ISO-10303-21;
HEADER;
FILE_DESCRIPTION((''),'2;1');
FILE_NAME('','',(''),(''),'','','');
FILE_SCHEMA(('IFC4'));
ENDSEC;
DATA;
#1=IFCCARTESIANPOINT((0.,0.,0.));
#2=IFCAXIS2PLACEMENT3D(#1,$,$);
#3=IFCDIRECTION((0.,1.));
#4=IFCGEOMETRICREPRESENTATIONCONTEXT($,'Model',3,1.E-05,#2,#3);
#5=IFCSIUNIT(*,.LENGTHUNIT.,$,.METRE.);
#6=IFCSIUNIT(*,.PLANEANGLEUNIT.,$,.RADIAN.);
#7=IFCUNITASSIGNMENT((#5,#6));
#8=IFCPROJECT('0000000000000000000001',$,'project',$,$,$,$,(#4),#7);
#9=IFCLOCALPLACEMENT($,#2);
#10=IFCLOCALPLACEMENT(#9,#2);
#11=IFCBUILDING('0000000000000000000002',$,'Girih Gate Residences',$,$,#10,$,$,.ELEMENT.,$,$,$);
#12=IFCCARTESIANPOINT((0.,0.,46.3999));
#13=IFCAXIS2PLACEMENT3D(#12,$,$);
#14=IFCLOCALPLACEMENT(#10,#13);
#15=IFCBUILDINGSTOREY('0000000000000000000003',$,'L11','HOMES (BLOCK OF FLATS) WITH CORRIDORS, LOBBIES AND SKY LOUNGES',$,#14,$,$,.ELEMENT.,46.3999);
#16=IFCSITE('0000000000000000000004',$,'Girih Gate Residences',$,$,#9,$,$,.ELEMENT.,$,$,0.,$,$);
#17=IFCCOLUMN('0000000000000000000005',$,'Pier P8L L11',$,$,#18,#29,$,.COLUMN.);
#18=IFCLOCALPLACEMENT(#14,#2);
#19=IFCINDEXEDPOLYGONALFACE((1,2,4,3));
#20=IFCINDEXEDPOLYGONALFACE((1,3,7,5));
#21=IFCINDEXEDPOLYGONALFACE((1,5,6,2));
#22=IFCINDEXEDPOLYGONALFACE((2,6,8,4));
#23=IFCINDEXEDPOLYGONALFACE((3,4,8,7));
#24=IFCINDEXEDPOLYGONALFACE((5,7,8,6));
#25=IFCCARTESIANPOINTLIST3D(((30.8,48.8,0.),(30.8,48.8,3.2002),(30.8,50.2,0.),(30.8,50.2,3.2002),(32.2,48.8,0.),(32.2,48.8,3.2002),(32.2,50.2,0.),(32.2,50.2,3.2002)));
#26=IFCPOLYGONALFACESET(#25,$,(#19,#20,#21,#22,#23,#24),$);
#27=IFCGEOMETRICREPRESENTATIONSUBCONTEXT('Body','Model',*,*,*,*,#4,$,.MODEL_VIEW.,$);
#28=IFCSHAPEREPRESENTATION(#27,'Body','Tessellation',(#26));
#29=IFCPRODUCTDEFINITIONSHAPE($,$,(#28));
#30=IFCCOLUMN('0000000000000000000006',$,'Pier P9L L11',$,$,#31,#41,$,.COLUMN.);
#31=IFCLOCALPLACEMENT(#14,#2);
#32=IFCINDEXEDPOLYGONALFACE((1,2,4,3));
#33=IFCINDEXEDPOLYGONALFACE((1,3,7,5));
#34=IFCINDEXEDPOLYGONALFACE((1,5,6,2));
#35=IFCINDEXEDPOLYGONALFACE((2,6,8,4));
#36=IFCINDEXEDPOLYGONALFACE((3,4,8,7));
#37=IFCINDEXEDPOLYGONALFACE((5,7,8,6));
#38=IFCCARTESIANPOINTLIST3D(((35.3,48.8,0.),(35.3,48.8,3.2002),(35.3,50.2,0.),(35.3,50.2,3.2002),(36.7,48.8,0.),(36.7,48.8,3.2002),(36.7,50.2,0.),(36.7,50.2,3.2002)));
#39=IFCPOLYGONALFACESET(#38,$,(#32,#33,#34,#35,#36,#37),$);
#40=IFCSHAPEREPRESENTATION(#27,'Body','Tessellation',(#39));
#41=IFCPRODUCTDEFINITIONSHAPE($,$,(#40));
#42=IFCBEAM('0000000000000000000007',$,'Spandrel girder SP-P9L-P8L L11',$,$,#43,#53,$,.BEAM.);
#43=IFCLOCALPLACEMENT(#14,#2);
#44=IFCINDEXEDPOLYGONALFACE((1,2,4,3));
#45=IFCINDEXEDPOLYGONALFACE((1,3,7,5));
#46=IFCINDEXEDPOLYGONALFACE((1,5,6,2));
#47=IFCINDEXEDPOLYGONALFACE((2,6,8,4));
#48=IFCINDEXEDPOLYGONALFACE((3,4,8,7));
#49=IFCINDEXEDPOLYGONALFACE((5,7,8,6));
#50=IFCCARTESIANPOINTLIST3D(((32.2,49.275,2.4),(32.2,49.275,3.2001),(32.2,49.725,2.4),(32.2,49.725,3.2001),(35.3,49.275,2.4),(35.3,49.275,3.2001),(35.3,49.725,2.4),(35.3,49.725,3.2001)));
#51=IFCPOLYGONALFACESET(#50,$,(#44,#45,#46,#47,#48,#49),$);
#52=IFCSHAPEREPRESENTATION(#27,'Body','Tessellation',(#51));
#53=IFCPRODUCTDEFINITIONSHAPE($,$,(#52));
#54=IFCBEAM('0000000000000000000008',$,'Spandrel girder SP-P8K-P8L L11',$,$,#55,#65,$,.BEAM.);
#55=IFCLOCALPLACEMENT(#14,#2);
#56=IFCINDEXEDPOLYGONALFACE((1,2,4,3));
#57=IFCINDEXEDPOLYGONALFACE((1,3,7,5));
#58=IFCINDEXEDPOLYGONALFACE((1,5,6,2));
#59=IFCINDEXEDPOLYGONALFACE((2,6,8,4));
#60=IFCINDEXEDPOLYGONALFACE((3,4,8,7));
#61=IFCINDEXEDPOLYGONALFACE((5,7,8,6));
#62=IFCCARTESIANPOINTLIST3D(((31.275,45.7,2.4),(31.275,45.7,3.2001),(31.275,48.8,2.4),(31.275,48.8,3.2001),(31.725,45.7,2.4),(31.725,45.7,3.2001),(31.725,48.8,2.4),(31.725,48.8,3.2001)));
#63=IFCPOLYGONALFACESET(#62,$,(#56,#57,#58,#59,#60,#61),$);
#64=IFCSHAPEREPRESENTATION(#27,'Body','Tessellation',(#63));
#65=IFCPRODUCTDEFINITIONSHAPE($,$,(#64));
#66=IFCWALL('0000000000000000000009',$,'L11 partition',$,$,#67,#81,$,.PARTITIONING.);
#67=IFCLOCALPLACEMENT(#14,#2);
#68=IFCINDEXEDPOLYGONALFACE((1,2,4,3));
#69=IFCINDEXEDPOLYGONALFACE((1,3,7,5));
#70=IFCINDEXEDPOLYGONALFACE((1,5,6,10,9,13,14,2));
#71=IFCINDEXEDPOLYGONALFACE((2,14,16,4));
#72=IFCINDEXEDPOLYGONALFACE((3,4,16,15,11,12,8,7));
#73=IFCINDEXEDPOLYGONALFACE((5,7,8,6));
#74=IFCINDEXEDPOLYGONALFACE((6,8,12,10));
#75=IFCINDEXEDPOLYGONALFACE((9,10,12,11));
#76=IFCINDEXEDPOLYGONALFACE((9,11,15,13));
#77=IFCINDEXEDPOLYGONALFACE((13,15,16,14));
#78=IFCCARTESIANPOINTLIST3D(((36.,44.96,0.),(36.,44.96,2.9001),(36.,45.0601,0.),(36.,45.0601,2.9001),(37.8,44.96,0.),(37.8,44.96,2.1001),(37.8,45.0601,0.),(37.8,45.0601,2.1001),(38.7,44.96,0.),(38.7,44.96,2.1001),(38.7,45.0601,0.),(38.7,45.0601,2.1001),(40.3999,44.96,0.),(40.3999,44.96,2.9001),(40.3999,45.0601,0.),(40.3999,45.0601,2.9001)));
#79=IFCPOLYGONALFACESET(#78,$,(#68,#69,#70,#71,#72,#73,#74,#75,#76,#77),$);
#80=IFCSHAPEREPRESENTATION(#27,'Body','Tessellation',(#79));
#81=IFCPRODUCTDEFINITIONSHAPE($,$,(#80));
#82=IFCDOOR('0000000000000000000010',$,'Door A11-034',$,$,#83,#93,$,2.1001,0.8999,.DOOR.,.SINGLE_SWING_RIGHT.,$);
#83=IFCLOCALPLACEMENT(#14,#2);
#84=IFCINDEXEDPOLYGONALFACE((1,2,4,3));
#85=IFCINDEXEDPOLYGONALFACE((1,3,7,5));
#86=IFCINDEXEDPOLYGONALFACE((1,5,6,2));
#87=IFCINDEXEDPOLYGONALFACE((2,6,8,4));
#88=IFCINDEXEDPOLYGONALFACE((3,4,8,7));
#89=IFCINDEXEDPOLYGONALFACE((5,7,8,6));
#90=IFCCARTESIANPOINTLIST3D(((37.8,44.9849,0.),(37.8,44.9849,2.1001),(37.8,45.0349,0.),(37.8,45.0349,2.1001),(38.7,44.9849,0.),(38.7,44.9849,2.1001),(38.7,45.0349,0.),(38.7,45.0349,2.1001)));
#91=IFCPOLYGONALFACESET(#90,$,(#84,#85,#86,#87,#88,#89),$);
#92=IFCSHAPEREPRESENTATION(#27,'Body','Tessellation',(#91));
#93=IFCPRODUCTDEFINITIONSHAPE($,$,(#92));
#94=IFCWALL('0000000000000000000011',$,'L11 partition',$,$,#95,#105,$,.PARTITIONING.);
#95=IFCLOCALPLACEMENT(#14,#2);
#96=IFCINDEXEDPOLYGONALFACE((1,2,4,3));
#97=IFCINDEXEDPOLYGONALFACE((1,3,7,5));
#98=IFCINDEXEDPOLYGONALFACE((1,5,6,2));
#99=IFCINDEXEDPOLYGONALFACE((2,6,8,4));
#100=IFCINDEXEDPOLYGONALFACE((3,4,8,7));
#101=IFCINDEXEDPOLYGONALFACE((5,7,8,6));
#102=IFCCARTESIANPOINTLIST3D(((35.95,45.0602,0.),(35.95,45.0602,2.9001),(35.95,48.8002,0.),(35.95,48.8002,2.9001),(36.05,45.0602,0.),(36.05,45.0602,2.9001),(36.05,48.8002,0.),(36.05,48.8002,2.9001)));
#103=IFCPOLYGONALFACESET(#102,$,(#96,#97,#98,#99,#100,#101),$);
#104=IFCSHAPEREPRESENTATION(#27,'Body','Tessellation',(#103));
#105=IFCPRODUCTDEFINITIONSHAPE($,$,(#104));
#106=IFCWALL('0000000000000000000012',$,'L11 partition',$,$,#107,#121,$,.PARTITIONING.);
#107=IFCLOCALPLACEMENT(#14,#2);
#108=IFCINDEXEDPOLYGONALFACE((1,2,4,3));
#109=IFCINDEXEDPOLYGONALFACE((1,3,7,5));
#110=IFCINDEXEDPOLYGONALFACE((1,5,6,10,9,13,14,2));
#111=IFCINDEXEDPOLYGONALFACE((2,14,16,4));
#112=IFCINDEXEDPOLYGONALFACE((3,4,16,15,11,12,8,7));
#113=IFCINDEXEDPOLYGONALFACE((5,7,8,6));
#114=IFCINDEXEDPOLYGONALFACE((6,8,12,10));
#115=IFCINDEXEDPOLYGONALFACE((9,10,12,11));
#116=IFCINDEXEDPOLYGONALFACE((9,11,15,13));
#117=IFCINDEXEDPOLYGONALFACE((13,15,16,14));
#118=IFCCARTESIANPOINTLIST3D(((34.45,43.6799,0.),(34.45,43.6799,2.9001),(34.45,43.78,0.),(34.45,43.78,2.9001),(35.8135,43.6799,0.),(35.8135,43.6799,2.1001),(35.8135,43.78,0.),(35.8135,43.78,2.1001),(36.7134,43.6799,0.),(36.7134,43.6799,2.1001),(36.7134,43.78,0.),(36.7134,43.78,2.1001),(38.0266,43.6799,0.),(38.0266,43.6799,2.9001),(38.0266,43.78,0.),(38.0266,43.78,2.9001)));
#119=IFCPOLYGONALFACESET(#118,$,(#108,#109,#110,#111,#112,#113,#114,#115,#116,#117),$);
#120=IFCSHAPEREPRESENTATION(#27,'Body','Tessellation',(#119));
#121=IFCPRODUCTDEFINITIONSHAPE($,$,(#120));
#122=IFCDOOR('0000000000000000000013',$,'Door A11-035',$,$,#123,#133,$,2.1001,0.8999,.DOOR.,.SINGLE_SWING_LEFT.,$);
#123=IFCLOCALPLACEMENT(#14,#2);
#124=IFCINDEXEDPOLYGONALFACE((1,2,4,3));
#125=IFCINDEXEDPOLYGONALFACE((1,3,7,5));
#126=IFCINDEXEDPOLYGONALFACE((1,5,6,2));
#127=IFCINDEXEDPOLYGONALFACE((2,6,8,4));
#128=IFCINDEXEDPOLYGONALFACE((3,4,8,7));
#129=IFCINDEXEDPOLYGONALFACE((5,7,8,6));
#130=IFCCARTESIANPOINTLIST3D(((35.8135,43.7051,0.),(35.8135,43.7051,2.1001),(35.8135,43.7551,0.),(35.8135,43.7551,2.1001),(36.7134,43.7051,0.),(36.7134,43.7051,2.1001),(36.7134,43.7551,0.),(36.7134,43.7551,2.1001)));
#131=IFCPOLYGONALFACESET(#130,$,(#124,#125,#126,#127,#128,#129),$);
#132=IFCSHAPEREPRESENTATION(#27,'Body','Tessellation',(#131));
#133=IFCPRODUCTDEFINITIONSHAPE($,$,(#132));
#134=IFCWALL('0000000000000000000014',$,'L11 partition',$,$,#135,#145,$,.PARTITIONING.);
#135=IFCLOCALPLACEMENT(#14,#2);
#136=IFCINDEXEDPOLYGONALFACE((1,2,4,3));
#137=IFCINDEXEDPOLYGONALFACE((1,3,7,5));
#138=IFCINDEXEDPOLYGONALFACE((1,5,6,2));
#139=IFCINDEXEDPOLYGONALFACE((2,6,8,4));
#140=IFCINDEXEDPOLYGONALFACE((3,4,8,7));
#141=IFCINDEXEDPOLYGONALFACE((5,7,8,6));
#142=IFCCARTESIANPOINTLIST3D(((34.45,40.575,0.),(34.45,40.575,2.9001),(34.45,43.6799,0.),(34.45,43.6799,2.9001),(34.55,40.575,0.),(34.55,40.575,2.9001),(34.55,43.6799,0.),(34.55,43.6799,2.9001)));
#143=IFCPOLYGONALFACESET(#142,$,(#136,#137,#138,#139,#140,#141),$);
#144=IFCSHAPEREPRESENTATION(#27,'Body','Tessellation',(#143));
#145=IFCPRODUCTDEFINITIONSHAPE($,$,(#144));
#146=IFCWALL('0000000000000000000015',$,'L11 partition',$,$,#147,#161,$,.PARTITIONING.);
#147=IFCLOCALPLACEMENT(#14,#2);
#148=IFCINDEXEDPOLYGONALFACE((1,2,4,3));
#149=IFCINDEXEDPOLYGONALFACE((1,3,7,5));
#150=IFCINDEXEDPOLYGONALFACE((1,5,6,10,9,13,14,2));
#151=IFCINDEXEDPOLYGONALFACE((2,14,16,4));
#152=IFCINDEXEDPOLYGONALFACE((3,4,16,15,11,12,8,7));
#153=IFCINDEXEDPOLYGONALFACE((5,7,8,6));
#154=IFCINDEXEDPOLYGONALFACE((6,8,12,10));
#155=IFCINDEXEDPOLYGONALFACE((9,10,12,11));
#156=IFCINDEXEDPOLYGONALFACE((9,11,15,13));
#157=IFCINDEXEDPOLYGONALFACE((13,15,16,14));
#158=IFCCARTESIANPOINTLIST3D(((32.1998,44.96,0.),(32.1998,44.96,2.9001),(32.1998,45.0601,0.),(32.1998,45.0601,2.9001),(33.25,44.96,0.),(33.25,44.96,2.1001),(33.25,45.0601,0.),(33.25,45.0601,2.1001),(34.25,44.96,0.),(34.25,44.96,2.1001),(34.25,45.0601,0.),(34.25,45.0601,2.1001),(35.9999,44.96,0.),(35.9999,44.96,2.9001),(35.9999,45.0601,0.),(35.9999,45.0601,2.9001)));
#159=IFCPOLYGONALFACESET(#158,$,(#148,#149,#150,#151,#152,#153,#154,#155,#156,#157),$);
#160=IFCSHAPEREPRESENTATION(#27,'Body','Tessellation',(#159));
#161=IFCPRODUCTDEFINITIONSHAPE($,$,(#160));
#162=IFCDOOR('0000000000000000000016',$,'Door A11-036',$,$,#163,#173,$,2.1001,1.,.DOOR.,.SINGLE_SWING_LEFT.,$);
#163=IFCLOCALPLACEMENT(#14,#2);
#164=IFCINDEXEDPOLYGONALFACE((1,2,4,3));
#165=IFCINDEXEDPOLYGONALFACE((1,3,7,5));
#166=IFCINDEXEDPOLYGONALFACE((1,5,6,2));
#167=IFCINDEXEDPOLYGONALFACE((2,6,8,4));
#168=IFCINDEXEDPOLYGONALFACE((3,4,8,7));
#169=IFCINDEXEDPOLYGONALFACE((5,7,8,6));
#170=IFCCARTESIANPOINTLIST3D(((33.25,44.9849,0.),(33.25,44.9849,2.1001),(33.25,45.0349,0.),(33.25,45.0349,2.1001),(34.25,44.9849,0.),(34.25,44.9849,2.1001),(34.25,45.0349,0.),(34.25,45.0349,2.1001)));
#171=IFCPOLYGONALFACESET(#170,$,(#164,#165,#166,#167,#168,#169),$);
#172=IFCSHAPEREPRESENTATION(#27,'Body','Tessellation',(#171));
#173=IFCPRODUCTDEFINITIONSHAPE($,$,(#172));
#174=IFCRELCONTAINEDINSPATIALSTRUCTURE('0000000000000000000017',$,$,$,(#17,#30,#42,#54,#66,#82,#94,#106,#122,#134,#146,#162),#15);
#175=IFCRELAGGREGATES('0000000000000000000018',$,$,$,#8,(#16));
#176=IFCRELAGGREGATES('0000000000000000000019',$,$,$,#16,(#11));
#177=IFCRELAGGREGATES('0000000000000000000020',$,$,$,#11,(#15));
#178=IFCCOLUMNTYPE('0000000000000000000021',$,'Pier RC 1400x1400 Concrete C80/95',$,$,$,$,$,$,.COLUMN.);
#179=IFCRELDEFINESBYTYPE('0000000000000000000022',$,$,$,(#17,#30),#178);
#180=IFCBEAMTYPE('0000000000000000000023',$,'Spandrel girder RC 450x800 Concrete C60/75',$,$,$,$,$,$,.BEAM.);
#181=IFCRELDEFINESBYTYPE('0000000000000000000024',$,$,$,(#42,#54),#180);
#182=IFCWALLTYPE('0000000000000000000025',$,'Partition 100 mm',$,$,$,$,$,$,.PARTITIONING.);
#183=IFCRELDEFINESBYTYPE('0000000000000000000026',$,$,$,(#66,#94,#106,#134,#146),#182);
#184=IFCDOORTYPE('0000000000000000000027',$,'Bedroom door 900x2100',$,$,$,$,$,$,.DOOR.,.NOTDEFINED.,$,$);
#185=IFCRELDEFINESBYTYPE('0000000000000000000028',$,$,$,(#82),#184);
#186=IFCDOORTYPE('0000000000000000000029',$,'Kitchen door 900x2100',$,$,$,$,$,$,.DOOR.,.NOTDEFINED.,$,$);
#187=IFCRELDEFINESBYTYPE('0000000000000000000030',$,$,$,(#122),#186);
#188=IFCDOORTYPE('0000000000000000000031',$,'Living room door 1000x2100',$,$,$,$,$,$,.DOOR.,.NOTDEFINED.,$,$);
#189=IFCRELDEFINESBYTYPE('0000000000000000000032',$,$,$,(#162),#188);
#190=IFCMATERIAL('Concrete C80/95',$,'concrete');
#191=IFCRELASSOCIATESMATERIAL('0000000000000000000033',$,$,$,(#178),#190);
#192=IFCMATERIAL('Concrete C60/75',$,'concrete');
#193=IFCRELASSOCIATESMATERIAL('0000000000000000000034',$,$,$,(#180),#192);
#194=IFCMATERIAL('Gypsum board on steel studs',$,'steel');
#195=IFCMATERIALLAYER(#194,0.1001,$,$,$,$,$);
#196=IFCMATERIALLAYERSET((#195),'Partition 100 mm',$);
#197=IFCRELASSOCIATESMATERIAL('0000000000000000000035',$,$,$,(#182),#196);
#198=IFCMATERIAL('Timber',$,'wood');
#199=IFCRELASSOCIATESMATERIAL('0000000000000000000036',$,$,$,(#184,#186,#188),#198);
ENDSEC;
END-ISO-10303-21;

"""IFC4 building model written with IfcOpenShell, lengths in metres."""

from ifc_helpers import new_model, si_unit, direction, frame, frame_2d, origin, origin_2d, place, context, subcontext, project, spatial, rectangle, extrude, material, layer, layer_set, material_profile, profile_set, type_object, element, fill, save


model = new_model("IFC4")

# Units and contexts
model_context = context("Model", 3, precision=1e-05, world=origin(), true_north=direction((0.0, 1.0)))
body_context = subcontext(model_context, "Body", "Model", "MODEL_VIEW")
ifc_project = project(units=[si_unit("LENGTHUNIT", "METRE"), si_unit("PLANEANGLEUNIT", "RADIAN")], contexts=[model_context])

# Site, building, storey
site_placement = place(None, origin())
site = spatial("IfcSite", under=ifc_project, at=site_placement, Name="Girih Gate Residences", CompositionType="ELEMENT", RefElevation=0.0)
building_placement = place(site_placement, origin())
building = spatial("IfcBuilding", under=site, at=building_placement, Name="Girih Gate Residences", CompositionType="ELEMENT")
storey_placement = place(building_placement, frame((0.0, 0.0, 46.3999)))
storey = spatial("IfcBuildingStorey", under=building, at=storey_placement, Name="L11", Description="HOMES (BLOCK OF FLATS) WITH CORRIDORS, LOBBIES AND SKY LOUNGES", CompositionType="ELEMENT", Elevation=46.3999)

# Columns
ifc_material_1 = material(Name="Concrete C80/95", Category="concrete")
ifc_material_profile_1 = material_profile(ifc_material_1, rectangle(XDim=1.3999, YDim=1.3999, at=origin_2d()))
ifc_profile_set_1 = profile_set([ifc_material_profile_1], Name="Concrete C80/95")
column_type = type_object("IfcColumnType", Name="Pier RC 1400x1400 Concrete C80/95", PredefinedType="COLUMN", material=ifc_profile_set_1)
for number, where, z_axis, x_axis, name in (
    (1, (31.5, 49.5, 0.0), (0.0, 0.0, 1.0), (1.0, 0.0, 0.0), "Pier P8L L11"),
    (2, (36.0, 49.5, 0.0), (0.0, 0.0, 1.0), (1.0, 0.0, 0.0), "Pier P9L L11"),
):
    element("IfcColumn", number, at=place(storey_placement, frame(where, z_axis=z_axis, x_axis=x_axis)), inside=storey, type_object=column_type, Name=name, PredefinedType="COLUMN", context=body_context, shape_type="SweptSolid", body=[
        extrude(rectangle(XDim=1.3999, YDim=1.3999, at=origin_2d()), origin(), (0.0, 0.0, 1.0), 3.2002),
    ])

# Beams
ifc_material_2 = material(Name="Concrete C60/75", Category="concrete")
ifc_material_profile_2 = material_profile(ifc_material_2, rectangle(XDim=0.45, YDim=0.8, at=origin_2d()))
ifc_profile_set_2 = profile_set([ifc_material_profile_2], Name="Concrete C60/75")
beam_type = type_object("IfcBeamType", Name="Spandrel girder RC 450x800 Concrete C60/75", PredefinedType="BEAM", material=ifc_profile_set_2)
for number, where, z_axis, x_axis, name in (
    (3, (35.3, 49.5, 2.8), (-1.0, 0.0, 0.0), (0.0, -1.0, 0.0), "Spandrel girder SP-P9L-P8L L11"),
    (4, (31.5, 45.7, 2.8), (0.0, 1.0, 0.0), (-1.0, 0.0, 0.0), "Spandrel girder SP-P8K-P8L L11"),
):
    element("IfcBeam", number, at=place(storey_placement, frame(where, z_axis=z_axis, x_axis=x_axis)), inside=storey, type_object=beam_type, Name=name, PredefinedType="BEAM", context=body_context, shape_type="SweptSolid", body=[
        extrude(rectangle(XDim=0.45, YDim=0.8, at=origin_2d()), origin(), (0.0, 0.0, 1.0), 3.1001),
    ])

# Wall, opening, door
ifc_material_3 = material(Name="Gypsum board on steel studs", Category="steel")
ifc_layer_1 = layer(ifc_material_3, 0.1001)
ifc_layer_set_1 = layer_set([ifc_layer_1], Name="Partition 100 mm")
wall_type_1 = type_object("IfcWallType", Name="Partition 100 mm", PredefinedType="PARTITIONING", material=ifc_layer_set_1)
wall_1_placement = place(storey_placement, frame((36.0, 45.01, 0.0), z_axis=(0.0, 0.0, 1.0), x_axis=(1.0, 0.0, 0.0)))
wall_1 = element("IfcWall", 5, at=wall_1_placement, inside=storey, type_object=wall_type_1, Name="L11 partition", PredefinedType="PARTITIONING", context=body_context, shape_type="SweptSolid", body=[
    extrude(rectangle(XDim=4.3999, YDim=0.1001, at=frame_2d((2.2, 0.0))), origin(), (0.0, 0.0, 1.0), 2.9001),
])
opening_1_placement = place(wall_1_placement, frame((1.8, 0.0, 0.0)))
opening_1 = element("IfcOpeningElement", 6, at=opening_1_placement, cuts=wall_1, PredefinedType="OPENING", context=body_context, shape_type="SweptSolid", body=[
    extrude(rectangle(XDim=0.8999, YDim=2.1001, at=frame_2d((0.45, 1.05))), frame((0.0, 0.0601, 0.0), z_axis=(0.0, -1.0, 0.0), x_axis=(1.0, 0.0, 0.0)), (0.0, 0.0, 1.0), 0.1201),
])
ifc_material_4 = material(Name="Timber", Category="wood")
door_type_1 = type_object("IfcDoorType", Name="Bedroom door 900x2100", OperationType="NOTDEFINED", PredefinedType="DOOR", material=ifc_material_4)
door_1_placement = place(opening_1_placement, origin())
door_1 = element("IfcDoor", 7, at=door_1_placement, inside=storey, type_object=door_type_1, Name="Door A11-034", OperationType="SINGLE_SWING_RIGHT", OverallHeight=2.1001, OverallWidth=0.8999, PredefinedType="DOOR", context=body_context, shape_type="SweptSolid", body=[
    extrude(rectangle(XDim=0.8999, YDim=2.1001, at=frame_2d((0.45, 1.05))), frame((0.0, 0.0249, 0.0), z_axis=(0.0, -1.0, 0.0), x_axis=(1.0, 0.0, 0.0)), (0.0, 0.0, 1.0), 0.05),
])
fill(opening_1, door_1)

# Wall
wall_2_placement = place(storey_placement, frame((36.0, 45.0601, 0.0), z_axis=(0.0, 0.0, 1.0), x_axis=(0.0, 1.0, 0.0)))
element("IfcWall", 8, at=wall_2_placement, inside=storey, type_object=wall_type_1, Name="L11 partition", PredefinedType="PARTITIONING", context=body_context, shape_type="SweptSolid", body=[
    extrude(rectangle(XDim=3.74, YDim=0.1001, at=frame_2d((1.8701, 0.0))), origin(), (0.0, 0.0, 1.0), 2.9001),
])

# Wall, opening, door
wall_3_placement = place(storey_placement, frame((38.0266, 43.73, 0.0), z_axis=(0.0, 0.0, 1.0), x_axis=(-1.0, 0.0, 0.0)))
wall_3 = element("IfcWall", 9, at=wall_3_placement, inside=storey, type_object=wall_type_1, Name="L11 partition", PredefinedType="PARTITIONING", context=body_context, shape_type="SweptSolid", body=[
    extrude(rectangle(XDim=3.5767, YDim=0.1001, at=frame_2d((1.7883, 0.0))), origin(), (0.0, 0.0, 1.0), 2.9001),
])
opening_2_placement = place(wall_3_placement, frame((1.3132, 0.0, 0.0)))
opening_2 = element("IfcOpeningElement", 10, at=opening_2_placement, cuts=wall_3, PredefinedType="OPENING", context=body_context, shape_type="SweptSolid", body=[
    extrude(rectangle(XDim=0.8999, YDim=2.1001, at=frame_2d((0.45, 1.05))), frame((0.0, 0.0601, 0.0), z_axis=(0.0, -1.0, 0.0), x_axis=(1.0, 0.0, 0.0)), (0.0, 0.0, 1.0), 0.1201),
])
door_type_2 = type_object("IfcDoorType", Name="Kitchen door 900x2100", OperationType="NOTDEFINED", PredefinedType="DOOR", material=ifc_material_4)
door_2_placement = place(opening_2_placement, origin())
door_2 = element("IfcDoor", 11, at=door_2_placement, inside=storey, type_object=door_type_2, Name="Door A11-035", OperationType="SINGLE_SWING_LEFT", OverallHeight=2.1001, OverallWidth=0.8999, PredefinedType="DOOR", context=body_context, shape_type="SweptSolid", body=[
    extrude(rectangle(XDim=0.8999, YDim=2.1001, at=frame_2d((0.45, 1.05))), frame((0.0, 0.0249, 0.0), z_axis=(0.0, -1.0, 0.0), x_axis=(1.0, 0.0, 0.0)), (0.0, 0.0, 1.0), 0.05),
])
fill(opening_2, door_2)

# Wall
wall_4_placement = place(storey_placement, frame((34.5, 40.575, 0.0), z_axis=(0.0, 0.0, 1.0), x_axis=(0.0, 1.0, 0.0)))
element("IfcWall", 12, at=wall_4_placement, inside=storey, type_object=wall_type_1, Name="L11 partition", PredefinedType="PARTITIONING", context=body_context, shape_type="SweptSolid", body=[
    extrude(rectangle(XDim=3.105, YDim=0.1001, at=frame_2d((1.5525, 0.0))), origin(), (0.0, 0.0, 1.0), 2.9001),
])

# Wall, opening, door
wall_5_placement = place(storey_placement, frame((32.2, 45.01, 0.0), z_axis=(0.0, 0.0, 1.0), x_axis=(1.0, 0.0, 0.0)))
wall_5 = element("IfcWall", 13, at=wall_5_placement, inside=storey, type_object=wall_type_1, Name="L11 partition", PredefinedType="PARTITIONING", context=body_context, shape_type="SweptSolid", body=[
    extrude(rectangle(XDim=3.8, YDim=0.1001, at=frame_2d((1.8999, 0.0))), origin(), (0.0, 0.0, 1.0), 2.9001),
])
opening_3_placement = place(wall_5_placement, frame((1.05, 0.0, 0.0)))
opening_3 = element("IfcOpeningElement", 14, at=opening_3_placement, cuts=wall_5, PredefinedType="OPENING", context=body_context, shape_type="SweptSolid", body=[
    extrude(rectangle(XDim=1.0, YDim=2.1001, at=frame_2d((0.5, 1.05))), frame((0.0, 0.0601, 0.0), z_axis=(0.0, -1.0, 0.0), x_axis=(1.0, 0.0, 0.0)), (0.0, 0.0, 1.0), 0.1201),
])
door_type_3 = type_object("IfcDoorType", Name="Living room door 1000x2100", OperationType="NOTDEFINED", PredefinedType="DOOR", material=ifc_material_4)
door_3_placement = place(opening_3_placement, origin())
door_3 = element("IfcDoor", 15, at=door_3_placement, inside=storey, type_object=door_type_3, Name="Door A11-036", OperationType="SINGLE_SWING_LEFT", OverallHeight=2.1001, OverallWidth=1.0, PredefinedType="DOOR", context=body_context, shape_type="SweptSolid", body=[
    extrude(rectangle(XDim=1.0, YDim=2.1001, at=frame_2d((0.5, 1.05))), frame((0.0, 0.0249, 0.0), z_axis=(0.0, -1.0, 0.0), x_axis=(1.0, 0.0, 0.0)), (0.0, 0.0, 1.0), 0.05),
])
fill(opening_3, door_3)

save(model, "model.ifc")
